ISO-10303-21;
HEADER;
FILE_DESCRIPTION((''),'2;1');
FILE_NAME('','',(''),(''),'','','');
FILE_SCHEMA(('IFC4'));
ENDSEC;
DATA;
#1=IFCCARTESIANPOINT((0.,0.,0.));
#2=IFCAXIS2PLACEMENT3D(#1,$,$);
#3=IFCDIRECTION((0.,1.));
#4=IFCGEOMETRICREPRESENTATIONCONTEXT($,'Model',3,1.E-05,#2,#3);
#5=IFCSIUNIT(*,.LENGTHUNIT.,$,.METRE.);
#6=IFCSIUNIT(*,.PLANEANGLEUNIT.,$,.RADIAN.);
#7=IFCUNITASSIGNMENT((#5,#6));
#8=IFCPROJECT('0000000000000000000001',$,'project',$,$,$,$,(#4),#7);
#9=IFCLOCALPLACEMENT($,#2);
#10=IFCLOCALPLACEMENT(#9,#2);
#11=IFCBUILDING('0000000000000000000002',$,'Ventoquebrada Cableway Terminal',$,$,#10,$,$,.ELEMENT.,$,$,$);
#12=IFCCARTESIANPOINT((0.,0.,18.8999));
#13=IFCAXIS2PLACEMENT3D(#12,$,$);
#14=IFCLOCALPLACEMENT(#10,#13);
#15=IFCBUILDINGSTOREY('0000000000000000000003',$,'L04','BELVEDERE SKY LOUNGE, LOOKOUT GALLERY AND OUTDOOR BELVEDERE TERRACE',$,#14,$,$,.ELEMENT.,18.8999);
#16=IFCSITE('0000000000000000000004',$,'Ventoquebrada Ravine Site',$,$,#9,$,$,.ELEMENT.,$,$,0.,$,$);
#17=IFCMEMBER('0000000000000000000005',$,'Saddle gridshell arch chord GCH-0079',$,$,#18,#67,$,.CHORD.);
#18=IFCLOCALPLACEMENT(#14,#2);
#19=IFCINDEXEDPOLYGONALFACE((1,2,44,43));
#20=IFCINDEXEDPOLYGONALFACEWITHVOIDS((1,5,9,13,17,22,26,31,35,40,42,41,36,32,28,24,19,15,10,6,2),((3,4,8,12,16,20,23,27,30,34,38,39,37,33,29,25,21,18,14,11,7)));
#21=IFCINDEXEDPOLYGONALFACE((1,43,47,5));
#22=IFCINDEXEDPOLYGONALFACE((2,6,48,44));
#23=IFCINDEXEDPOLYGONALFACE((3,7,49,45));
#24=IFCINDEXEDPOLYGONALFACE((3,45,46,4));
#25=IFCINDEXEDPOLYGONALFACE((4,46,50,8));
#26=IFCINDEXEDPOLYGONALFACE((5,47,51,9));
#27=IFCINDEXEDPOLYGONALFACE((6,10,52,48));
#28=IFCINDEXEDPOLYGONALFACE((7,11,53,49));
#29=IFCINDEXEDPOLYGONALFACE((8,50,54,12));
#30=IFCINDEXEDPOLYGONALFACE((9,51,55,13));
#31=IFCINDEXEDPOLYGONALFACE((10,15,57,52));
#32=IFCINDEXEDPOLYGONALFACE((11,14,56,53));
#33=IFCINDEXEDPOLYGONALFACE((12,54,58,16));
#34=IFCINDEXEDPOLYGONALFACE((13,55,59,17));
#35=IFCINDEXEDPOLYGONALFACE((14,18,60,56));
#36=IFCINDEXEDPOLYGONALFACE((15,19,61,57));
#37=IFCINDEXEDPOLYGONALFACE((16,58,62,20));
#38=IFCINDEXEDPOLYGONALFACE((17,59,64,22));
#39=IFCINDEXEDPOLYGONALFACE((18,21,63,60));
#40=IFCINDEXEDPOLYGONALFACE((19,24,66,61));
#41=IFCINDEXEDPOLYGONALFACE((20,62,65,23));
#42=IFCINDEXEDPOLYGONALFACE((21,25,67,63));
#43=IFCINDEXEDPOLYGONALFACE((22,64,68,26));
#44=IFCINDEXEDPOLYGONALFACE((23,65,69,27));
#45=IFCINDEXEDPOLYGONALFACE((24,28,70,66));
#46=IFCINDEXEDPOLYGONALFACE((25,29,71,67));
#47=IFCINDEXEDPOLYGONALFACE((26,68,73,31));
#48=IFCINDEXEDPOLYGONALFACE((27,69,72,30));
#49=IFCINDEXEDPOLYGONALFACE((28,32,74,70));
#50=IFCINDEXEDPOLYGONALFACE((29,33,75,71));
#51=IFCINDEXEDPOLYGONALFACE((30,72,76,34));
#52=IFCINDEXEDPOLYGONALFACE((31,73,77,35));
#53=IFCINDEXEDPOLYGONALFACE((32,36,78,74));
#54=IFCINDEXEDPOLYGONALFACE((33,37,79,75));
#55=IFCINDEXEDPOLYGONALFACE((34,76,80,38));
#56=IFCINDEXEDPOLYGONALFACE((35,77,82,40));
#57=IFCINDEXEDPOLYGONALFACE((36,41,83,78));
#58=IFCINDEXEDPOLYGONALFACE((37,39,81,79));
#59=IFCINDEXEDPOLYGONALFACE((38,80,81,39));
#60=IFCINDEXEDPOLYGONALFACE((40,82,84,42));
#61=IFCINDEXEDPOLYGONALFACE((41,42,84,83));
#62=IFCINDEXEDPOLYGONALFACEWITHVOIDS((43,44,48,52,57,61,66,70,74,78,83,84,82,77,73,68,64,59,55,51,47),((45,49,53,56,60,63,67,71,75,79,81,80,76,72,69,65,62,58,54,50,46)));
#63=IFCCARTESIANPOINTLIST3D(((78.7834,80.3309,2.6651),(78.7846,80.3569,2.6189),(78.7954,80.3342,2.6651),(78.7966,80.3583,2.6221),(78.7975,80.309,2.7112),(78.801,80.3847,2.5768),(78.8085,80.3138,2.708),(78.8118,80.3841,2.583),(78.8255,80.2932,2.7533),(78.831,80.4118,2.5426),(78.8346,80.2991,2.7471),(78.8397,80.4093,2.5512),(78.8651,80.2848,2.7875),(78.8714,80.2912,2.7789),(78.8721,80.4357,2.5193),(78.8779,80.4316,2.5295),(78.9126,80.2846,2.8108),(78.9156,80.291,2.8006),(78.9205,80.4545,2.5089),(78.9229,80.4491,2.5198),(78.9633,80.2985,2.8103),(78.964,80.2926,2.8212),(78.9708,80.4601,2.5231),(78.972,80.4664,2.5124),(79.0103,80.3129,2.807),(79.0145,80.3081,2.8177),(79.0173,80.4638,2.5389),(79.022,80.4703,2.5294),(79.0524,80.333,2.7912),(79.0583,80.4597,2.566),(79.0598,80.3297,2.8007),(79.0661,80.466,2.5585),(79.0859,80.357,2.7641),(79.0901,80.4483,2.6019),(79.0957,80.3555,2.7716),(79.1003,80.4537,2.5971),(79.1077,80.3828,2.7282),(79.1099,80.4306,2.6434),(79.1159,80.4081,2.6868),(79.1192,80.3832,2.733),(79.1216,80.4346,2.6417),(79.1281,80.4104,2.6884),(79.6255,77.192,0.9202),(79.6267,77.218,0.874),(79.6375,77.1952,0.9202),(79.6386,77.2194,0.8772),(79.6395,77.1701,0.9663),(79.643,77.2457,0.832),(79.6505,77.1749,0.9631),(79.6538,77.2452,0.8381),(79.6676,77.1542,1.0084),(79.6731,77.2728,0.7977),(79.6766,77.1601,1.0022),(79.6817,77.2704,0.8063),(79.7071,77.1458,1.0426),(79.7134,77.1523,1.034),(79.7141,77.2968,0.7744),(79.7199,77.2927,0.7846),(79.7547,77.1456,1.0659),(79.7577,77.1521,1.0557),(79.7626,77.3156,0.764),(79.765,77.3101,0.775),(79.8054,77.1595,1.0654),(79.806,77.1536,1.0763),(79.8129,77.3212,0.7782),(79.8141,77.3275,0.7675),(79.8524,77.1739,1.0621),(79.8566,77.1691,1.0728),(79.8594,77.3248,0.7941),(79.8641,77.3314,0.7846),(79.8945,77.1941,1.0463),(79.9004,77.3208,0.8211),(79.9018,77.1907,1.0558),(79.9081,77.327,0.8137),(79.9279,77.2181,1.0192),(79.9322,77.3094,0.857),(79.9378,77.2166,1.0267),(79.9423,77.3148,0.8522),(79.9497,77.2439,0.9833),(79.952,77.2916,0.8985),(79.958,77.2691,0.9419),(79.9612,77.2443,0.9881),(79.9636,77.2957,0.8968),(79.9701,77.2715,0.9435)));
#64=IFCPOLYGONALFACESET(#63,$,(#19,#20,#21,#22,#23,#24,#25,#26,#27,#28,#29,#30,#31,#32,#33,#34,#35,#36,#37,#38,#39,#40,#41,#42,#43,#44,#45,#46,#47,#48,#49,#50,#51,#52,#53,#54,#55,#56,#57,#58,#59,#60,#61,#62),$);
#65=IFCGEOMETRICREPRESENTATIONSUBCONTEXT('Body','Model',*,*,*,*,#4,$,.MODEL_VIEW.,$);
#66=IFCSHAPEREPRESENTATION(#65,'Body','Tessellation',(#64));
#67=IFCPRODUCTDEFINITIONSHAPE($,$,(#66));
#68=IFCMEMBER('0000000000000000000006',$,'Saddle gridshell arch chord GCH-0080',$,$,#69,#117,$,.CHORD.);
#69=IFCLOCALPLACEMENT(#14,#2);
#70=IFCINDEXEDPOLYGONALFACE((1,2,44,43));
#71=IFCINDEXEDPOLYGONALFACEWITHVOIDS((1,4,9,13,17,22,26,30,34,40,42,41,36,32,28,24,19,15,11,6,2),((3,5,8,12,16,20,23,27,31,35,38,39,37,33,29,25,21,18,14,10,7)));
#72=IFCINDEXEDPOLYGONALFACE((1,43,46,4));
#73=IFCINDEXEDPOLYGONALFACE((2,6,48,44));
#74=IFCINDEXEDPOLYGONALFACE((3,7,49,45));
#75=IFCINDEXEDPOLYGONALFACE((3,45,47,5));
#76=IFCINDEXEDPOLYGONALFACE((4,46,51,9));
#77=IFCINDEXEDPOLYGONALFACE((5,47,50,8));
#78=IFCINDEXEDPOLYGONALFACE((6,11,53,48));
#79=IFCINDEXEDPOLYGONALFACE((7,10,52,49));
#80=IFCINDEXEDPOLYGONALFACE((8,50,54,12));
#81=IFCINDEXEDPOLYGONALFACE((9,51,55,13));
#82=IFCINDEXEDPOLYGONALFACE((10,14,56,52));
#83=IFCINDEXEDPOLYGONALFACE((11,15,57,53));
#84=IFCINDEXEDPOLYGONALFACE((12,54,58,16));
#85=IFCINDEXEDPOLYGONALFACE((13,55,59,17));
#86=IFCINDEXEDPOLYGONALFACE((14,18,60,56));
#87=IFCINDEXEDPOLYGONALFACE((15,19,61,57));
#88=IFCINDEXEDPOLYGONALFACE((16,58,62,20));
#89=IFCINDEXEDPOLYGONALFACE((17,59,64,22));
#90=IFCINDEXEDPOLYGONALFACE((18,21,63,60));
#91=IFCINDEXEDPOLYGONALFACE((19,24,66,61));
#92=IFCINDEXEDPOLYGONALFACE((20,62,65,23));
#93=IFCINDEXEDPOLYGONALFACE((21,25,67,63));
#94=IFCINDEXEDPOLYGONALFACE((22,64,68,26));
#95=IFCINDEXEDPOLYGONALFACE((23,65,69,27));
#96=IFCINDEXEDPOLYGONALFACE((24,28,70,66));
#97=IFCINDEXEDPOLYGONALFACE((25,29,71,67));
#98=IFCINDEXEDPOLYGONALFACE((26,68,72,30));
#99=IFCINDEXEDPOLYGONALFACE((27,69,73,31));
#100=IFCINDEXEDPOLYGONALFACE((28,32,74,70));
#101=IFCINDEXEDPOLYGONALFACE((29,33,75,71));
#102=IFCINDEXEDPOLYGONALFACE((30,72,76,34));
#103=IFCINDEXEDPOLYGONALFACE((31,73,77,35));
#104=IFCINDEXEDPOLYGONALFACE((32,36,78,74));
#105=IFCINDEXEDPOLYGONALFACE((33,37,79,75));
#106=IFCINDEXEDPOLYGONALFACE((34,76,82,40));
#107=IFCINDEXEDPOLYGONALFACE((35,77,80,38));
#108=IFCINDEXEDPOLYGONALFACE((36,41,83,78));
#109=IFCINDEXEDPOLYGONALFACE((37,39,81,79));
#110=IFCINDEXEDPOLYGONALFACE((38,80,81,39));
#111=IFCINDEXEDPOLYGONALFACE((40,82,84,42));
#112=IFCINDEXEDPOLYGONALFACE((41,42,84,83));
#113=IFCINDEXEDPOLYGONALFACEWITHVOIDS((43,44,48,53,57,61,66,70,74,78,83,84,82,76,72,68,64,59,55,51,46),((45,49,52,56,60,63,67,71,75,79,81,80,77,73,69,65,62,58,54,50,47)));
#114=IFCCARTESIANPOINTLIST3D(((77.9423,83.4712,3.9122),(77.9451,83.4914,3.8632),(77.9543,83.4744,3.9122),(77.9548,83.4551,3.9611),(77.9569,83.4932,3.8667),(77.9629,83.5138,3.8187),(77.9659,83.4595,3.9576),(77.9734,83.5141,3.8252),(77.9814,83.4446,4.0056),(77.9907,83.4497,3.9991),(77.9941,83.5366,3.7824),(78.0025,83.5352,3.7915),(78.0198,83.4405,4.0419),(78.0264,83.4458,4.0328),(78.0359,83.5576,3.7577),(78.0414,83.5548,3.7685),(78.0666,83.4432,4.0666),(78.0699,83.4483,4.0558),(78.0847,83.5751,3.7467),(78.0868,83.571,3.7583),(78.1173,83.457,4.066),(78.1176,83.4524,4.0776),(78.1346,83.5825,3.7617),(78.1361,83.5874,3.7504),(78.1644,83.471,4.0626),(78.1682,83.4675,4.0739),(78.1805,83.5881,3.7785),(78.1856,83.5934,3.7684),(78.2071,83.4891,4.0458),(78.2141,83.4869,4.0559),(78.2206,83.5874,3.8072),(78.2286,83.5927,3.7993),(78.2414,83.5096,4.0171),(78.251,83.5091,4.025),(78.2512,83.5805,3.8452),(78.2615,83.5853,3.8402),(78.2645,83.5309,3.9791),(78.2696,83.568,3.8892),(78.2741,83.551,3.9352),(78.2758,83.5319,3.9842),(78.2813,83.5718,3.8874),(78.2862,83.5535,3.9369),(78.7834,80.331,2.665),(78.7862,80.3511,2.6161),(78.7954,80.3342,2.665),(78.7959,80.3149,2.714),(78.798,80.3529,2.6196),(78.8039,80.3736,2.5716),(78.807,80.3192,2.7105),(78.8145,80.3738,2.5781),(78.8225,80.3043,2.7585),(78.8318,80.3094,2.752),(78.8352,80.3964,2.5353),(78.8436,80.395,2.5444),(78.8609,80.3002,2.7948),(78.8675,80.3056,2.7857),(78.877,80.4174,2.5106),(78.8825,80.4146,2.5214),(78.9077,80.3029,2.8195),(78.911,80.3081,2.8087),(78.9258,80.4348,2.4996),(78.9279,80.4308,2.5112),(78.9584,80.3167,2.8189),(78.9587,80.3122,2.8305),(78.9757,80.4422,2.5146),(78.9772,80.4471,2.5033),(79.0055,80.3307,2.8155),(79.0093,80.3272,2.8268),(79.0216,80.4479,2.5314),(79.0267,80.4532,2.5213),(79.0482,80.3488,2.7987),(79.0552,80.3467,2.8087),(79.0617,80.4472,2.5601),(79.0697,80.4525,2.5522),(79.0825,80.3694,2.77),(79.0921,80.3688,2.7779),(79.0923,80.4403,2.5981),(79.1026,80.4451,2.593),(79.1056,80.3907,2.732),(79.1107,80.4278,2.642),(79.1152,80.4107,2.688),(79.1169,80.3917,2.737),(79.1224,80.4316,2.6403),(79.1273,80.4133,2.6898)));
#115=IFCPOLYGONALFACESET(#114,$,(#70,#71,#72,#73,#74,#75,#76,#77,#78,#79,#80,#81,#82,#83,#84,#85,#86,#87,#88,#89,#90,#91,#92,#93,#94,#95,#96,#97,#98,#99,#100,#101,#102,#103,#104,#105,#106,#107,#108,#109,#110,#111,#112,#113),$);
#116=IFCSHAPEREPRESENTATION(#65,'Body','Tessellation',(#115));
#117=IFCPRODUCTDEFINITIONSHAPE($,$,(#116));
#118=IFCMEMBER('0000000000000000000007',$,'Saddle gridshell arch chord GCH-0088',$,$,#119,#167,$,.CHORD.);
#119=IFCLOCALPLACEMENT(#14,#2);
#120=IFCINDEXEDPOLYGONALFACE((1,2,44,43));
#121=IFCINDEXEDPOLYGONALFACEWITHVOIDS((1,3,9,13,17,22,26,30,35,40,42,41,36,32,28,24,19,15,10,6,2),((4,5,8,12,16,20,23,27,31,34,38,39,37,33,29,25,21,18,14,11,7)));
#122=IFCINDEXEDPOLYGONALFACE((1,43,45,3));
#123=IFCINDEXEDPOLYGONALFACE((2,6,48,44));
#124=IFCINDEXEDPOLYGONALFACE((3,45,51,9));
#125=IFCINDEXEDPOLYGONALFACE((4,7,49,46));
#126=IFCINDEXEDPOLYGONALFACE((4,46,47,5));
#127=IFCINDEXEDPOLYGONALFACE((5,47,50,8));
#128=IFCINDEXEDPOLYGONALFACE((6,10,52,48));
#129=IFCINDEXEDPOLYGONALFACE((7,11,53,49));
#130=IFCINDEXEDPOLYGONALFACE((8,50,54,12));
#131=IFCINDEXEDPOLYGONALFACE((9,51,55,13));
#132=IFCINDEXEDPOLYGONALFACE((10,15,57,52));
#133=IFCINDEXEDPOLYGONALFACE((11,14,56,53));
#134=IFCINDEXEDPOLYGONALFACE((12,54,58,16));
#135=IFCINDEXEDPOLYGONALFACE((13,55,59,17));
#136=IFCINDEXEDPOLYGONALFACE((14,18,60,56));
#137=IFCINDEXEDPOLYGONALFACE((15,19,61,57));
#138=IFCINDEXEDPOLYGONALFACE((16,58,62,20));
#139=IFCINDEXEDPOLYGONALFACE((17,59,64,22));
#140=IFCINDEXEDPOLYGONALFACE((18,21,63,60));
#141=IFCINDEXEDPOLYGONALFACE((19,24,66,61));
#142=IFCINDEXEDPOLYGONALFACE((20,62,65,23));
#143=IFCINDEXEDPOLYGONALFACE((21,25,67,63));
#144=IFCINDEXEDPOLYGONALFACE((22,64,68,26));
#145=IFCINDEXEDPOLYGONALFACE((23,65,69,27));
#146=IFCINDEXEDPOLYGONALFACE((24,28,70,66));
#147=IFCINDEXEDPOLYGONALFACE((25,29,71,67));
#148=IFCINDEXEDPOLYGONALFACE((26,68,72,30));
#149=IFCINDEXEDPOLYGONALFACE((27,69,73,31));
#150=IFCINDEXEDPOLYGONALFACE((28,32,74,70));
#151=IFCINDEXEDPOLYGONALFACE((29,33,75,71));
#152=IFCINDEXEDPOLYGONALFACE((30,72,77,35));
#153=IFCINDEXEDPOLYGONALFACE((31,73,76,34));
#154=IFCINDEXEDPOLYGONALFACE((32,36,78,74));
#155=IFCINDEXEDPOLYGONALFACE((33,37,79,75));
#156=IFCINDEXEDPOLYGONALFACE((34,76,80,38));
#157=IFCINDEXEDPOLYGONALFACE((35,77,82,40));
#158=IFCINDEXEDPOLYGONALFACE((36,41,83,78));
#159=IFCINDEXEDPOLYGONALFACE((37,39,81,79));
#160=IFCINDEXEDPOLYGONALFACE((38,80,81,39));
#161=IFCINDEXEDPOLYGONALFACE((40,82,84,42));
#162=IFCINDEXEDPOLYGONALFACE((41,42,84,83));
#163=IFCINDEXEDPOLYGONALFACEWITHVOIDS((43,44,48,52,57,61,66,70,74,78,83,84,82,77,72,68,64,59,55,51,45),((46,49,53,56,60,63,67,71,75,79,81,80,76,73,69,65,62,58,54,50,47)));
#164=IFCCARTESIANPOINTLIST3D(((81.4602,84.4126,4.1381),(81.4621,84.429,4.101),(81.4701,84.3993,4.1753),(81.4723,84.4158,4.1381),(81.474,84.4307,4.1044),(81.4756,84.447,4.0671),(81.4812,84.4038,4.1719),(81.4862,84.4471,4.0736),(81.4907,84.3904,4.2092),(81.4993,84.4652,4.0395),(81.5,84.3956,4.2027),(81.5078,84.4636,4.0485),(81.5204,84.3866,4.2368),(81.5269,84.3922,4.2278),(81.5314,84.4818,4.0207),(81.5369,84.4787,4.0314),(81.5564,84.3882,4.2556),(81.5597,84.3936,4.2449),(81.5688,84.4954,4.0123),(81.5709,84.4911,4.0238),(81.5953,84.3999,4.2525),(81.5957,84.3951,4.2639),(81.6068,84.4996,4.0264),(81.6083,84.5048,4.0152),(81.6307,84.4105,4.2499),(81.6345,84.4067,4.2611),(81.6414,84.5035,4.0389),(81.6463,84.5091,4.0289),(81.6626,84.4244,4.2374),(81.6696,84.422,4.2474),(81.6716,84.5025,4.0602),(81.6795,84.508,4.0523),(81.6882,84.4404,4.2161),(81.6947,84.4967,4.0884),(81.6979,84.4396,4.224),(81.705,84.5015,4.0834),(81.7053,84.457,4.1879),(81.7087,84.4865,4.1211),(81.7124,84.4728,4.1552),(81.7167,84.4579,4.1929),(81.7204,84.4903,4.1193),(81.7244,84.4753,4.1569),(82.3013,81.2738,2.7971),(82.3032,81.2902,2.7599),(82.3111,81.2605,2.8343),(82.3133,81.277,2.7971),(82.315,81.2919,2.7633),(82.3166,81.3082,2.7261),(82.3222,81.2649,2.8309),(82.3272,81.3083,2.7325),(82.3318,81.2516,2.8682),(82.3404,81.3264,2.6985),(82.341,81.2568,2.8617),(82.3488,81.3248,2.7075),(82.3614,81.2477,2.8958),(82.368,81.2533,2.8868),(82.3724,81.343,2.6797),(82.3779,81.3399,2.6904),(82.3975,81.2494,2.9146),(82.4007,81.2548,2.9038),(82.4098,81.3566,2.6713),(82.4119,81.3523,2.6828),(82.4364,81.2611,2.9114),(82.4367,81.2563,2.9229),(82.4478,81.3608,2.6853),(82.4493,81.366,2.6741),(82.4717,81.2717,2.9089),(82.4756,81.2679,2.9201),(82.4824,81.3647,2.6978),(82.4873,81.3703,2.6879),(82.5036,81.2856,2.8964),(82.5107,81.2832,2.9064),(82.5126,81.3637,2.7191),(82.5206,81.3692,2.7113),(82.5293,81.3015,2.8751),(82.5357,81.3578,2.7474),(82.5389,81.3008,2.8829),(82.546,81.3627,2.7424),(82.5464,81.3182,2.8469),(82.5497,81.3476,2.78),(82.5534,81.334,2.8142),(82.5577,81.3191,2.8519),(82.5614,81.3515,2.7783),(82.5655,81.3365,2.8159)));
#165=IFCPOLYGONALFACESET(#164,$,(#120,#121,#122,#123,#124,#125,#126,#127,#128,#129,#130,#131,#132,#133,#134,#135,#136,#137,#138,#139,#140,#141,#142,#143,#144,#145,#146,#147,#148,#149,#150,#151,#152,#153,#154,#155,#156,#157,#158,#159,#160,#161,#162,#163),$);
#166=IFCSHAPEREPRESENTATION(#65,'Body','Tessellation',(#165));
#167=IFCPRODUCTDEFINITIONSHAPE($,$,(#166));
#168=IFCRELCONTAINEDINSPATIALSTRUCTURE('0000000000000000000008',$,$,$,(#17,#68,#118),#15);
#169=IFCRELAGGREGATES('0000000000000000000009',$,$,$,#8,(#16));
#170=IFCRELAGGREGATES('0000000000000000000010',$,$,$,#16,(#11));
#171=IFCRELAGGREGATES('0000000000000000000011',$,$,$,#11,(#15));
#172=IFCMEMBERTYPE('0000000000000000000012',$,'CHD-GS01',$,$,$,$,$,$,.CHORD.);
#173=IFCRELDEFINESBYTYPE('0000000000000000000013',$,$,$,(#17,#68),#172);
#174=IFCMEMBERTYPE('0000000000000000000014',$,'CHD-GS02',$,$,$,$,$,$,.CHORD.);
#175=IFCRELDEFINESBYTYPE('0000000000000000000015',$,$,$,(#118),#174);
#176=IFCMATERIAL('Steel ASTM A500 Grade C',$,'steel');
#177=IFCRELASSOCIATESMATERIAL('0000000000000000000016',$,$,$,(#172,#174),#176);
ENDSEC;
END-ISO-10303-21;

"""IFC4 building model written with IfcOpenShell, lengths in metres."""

from ifc_helpers import new_model, si_unit, direction, frame, origin, origin_2d, place, context, subcontext, project, spatial, hollow_circle, extrude, material, material_profile, profile_set, type_object, element, save


model = new_model("IFC4")

# Units and contexts
model_context = context("Model", 3, precision=1e-05, world=origin(), true_north=direction((0.0, 1.0)))
body_context = subcontext(model_context, "Body", "Model", "MODEL_VIEW")
ifc_project = project(units=[si_unit("LENGTHUNIT", "METRE"), si_unit("PLANEANGLEUNIT", "RADIAN")], contexts=[model_context])

# Site, building, storey
site_placement = place(None, origin())
site = spatial("IfcSite", under=ifc_project, at=site_placement, Name="Ventoquebrada Ravine Site", CompositionType="ELEMENT", RefElevation=0.0)
building_placement = place(site_placement, origin())
building = spatial("IfcBuilding", under=site, at=building_placement, Name="Ventoquebrada Cableway Terminal", CompositionType="ELEMENT")
storey_placement = place(building_placement, frame((0.0, 0.0, 18.8999)))
storey = spatial("IfcBuildingStorey", under=building, at=storey_placement, Name="L04", Description="BELVEDERE SKY LOUNGE, LOOKOUT GALLERY AND OUTDOOR BELVEDERE TERRACE", CompositionType="ELEMENT", Elevation=18.8999)

# Members
ifc_material_1 = material(Name="Steel ASTM A500 Grade C", Category="steel")
ifc_material_profile_1 = material_profile(ifc_material_1, hollow_circle(Radius=0.1777, WallThickness=0.0125, at=origin_2d()), Name="CHS355.6X12.5")
ifc_profile_set_1 = profile_set([ifc_material_profile_1], Name="Steel ASTM A500 Grade C")
member_type_1 = type_object("IfcMemberType", Name="CHD-GS01", PredefinedType="CHORD", material=ifc_profile_set_1)
member_1_placement = place(storey_placement, frame((79.7971, 77.238, 0.9202), z_axis=(-0.228277, 0.850958, 0.473034), x_axis=(-0.965851, -0.259098, 0.0)))
element("IfcMember", 1, at=member_1_placement, inside=storey, type_object=member_type_1, Name="Saddle gridshell arch chord GCH-0079", PredefinedType="CHORD", context=body_context, shape_type="SweptSolid", body=[
    extrude(hollow_circle(Radius=0.1777, WallThickness=0.0125, at=origin_2d()), origin(), (0.0, 0.0, 1.0), 3.6887),
])
member_2_placement = place(storey_placement, frame((78.9551, 80.377, 2.665), z_axis=(-0.241559, 0.901868, 0.358167), x_axis=(-0.965951, -0.258724, 0.0)))
element("IfcMember", 2, at=member_2_placement, inside=storey, type_object=member_type_1, Name="Saddle gridshell arch chord GCH-0080", PredefinedType="CHORD", context=body_context, shape_type="SweptSolid", body=[
    extrude(hollow_circle(Radius=0.1777, WallThickness=0.0125, at=origin_2d()), origin(), (0.0, 0.0, 1.0), 3.4819),
])
ifc_material_profile_2 = material_profile(ifc_material_1, hollow_circle(Radius=0.1365, WallThickness=0.0125, at=origin_2d()), Name="CHS273.0X12.5")
ifc_profile_set_2 = profile_set([ifc_material_profile_2], Name="Steel ASTM A500 Grade C")
member_type_2 = type_object("IfcMemberType", Name="CHD-GS02", PredefinedType="CHORD", material=ifc_profile_set_2)
member_3_placement = place(storey_placement, frame((82.4331, 81.3091, 2.7971), z_axis=(-0.239246, 0.892883, 0.381473), x_axis=(-0.965926, -0.258817, 0.0)))
element("IfcMember", 3, at=member_3_placement, inside=storey, type_object=member_type_2, Name="Saddle gridshell arch chord GCH-0088", PredefinedType="CHORD", context=body_context, shape_type="SweptSolid", body=[
    extrude(hollow_circle(Radius=0.1365, WallThickness=0.0125, at=origin_2d()), origin(), (0.0, 0.0, 1.0), 3.5154),
])

save(model, "model.ifc")
